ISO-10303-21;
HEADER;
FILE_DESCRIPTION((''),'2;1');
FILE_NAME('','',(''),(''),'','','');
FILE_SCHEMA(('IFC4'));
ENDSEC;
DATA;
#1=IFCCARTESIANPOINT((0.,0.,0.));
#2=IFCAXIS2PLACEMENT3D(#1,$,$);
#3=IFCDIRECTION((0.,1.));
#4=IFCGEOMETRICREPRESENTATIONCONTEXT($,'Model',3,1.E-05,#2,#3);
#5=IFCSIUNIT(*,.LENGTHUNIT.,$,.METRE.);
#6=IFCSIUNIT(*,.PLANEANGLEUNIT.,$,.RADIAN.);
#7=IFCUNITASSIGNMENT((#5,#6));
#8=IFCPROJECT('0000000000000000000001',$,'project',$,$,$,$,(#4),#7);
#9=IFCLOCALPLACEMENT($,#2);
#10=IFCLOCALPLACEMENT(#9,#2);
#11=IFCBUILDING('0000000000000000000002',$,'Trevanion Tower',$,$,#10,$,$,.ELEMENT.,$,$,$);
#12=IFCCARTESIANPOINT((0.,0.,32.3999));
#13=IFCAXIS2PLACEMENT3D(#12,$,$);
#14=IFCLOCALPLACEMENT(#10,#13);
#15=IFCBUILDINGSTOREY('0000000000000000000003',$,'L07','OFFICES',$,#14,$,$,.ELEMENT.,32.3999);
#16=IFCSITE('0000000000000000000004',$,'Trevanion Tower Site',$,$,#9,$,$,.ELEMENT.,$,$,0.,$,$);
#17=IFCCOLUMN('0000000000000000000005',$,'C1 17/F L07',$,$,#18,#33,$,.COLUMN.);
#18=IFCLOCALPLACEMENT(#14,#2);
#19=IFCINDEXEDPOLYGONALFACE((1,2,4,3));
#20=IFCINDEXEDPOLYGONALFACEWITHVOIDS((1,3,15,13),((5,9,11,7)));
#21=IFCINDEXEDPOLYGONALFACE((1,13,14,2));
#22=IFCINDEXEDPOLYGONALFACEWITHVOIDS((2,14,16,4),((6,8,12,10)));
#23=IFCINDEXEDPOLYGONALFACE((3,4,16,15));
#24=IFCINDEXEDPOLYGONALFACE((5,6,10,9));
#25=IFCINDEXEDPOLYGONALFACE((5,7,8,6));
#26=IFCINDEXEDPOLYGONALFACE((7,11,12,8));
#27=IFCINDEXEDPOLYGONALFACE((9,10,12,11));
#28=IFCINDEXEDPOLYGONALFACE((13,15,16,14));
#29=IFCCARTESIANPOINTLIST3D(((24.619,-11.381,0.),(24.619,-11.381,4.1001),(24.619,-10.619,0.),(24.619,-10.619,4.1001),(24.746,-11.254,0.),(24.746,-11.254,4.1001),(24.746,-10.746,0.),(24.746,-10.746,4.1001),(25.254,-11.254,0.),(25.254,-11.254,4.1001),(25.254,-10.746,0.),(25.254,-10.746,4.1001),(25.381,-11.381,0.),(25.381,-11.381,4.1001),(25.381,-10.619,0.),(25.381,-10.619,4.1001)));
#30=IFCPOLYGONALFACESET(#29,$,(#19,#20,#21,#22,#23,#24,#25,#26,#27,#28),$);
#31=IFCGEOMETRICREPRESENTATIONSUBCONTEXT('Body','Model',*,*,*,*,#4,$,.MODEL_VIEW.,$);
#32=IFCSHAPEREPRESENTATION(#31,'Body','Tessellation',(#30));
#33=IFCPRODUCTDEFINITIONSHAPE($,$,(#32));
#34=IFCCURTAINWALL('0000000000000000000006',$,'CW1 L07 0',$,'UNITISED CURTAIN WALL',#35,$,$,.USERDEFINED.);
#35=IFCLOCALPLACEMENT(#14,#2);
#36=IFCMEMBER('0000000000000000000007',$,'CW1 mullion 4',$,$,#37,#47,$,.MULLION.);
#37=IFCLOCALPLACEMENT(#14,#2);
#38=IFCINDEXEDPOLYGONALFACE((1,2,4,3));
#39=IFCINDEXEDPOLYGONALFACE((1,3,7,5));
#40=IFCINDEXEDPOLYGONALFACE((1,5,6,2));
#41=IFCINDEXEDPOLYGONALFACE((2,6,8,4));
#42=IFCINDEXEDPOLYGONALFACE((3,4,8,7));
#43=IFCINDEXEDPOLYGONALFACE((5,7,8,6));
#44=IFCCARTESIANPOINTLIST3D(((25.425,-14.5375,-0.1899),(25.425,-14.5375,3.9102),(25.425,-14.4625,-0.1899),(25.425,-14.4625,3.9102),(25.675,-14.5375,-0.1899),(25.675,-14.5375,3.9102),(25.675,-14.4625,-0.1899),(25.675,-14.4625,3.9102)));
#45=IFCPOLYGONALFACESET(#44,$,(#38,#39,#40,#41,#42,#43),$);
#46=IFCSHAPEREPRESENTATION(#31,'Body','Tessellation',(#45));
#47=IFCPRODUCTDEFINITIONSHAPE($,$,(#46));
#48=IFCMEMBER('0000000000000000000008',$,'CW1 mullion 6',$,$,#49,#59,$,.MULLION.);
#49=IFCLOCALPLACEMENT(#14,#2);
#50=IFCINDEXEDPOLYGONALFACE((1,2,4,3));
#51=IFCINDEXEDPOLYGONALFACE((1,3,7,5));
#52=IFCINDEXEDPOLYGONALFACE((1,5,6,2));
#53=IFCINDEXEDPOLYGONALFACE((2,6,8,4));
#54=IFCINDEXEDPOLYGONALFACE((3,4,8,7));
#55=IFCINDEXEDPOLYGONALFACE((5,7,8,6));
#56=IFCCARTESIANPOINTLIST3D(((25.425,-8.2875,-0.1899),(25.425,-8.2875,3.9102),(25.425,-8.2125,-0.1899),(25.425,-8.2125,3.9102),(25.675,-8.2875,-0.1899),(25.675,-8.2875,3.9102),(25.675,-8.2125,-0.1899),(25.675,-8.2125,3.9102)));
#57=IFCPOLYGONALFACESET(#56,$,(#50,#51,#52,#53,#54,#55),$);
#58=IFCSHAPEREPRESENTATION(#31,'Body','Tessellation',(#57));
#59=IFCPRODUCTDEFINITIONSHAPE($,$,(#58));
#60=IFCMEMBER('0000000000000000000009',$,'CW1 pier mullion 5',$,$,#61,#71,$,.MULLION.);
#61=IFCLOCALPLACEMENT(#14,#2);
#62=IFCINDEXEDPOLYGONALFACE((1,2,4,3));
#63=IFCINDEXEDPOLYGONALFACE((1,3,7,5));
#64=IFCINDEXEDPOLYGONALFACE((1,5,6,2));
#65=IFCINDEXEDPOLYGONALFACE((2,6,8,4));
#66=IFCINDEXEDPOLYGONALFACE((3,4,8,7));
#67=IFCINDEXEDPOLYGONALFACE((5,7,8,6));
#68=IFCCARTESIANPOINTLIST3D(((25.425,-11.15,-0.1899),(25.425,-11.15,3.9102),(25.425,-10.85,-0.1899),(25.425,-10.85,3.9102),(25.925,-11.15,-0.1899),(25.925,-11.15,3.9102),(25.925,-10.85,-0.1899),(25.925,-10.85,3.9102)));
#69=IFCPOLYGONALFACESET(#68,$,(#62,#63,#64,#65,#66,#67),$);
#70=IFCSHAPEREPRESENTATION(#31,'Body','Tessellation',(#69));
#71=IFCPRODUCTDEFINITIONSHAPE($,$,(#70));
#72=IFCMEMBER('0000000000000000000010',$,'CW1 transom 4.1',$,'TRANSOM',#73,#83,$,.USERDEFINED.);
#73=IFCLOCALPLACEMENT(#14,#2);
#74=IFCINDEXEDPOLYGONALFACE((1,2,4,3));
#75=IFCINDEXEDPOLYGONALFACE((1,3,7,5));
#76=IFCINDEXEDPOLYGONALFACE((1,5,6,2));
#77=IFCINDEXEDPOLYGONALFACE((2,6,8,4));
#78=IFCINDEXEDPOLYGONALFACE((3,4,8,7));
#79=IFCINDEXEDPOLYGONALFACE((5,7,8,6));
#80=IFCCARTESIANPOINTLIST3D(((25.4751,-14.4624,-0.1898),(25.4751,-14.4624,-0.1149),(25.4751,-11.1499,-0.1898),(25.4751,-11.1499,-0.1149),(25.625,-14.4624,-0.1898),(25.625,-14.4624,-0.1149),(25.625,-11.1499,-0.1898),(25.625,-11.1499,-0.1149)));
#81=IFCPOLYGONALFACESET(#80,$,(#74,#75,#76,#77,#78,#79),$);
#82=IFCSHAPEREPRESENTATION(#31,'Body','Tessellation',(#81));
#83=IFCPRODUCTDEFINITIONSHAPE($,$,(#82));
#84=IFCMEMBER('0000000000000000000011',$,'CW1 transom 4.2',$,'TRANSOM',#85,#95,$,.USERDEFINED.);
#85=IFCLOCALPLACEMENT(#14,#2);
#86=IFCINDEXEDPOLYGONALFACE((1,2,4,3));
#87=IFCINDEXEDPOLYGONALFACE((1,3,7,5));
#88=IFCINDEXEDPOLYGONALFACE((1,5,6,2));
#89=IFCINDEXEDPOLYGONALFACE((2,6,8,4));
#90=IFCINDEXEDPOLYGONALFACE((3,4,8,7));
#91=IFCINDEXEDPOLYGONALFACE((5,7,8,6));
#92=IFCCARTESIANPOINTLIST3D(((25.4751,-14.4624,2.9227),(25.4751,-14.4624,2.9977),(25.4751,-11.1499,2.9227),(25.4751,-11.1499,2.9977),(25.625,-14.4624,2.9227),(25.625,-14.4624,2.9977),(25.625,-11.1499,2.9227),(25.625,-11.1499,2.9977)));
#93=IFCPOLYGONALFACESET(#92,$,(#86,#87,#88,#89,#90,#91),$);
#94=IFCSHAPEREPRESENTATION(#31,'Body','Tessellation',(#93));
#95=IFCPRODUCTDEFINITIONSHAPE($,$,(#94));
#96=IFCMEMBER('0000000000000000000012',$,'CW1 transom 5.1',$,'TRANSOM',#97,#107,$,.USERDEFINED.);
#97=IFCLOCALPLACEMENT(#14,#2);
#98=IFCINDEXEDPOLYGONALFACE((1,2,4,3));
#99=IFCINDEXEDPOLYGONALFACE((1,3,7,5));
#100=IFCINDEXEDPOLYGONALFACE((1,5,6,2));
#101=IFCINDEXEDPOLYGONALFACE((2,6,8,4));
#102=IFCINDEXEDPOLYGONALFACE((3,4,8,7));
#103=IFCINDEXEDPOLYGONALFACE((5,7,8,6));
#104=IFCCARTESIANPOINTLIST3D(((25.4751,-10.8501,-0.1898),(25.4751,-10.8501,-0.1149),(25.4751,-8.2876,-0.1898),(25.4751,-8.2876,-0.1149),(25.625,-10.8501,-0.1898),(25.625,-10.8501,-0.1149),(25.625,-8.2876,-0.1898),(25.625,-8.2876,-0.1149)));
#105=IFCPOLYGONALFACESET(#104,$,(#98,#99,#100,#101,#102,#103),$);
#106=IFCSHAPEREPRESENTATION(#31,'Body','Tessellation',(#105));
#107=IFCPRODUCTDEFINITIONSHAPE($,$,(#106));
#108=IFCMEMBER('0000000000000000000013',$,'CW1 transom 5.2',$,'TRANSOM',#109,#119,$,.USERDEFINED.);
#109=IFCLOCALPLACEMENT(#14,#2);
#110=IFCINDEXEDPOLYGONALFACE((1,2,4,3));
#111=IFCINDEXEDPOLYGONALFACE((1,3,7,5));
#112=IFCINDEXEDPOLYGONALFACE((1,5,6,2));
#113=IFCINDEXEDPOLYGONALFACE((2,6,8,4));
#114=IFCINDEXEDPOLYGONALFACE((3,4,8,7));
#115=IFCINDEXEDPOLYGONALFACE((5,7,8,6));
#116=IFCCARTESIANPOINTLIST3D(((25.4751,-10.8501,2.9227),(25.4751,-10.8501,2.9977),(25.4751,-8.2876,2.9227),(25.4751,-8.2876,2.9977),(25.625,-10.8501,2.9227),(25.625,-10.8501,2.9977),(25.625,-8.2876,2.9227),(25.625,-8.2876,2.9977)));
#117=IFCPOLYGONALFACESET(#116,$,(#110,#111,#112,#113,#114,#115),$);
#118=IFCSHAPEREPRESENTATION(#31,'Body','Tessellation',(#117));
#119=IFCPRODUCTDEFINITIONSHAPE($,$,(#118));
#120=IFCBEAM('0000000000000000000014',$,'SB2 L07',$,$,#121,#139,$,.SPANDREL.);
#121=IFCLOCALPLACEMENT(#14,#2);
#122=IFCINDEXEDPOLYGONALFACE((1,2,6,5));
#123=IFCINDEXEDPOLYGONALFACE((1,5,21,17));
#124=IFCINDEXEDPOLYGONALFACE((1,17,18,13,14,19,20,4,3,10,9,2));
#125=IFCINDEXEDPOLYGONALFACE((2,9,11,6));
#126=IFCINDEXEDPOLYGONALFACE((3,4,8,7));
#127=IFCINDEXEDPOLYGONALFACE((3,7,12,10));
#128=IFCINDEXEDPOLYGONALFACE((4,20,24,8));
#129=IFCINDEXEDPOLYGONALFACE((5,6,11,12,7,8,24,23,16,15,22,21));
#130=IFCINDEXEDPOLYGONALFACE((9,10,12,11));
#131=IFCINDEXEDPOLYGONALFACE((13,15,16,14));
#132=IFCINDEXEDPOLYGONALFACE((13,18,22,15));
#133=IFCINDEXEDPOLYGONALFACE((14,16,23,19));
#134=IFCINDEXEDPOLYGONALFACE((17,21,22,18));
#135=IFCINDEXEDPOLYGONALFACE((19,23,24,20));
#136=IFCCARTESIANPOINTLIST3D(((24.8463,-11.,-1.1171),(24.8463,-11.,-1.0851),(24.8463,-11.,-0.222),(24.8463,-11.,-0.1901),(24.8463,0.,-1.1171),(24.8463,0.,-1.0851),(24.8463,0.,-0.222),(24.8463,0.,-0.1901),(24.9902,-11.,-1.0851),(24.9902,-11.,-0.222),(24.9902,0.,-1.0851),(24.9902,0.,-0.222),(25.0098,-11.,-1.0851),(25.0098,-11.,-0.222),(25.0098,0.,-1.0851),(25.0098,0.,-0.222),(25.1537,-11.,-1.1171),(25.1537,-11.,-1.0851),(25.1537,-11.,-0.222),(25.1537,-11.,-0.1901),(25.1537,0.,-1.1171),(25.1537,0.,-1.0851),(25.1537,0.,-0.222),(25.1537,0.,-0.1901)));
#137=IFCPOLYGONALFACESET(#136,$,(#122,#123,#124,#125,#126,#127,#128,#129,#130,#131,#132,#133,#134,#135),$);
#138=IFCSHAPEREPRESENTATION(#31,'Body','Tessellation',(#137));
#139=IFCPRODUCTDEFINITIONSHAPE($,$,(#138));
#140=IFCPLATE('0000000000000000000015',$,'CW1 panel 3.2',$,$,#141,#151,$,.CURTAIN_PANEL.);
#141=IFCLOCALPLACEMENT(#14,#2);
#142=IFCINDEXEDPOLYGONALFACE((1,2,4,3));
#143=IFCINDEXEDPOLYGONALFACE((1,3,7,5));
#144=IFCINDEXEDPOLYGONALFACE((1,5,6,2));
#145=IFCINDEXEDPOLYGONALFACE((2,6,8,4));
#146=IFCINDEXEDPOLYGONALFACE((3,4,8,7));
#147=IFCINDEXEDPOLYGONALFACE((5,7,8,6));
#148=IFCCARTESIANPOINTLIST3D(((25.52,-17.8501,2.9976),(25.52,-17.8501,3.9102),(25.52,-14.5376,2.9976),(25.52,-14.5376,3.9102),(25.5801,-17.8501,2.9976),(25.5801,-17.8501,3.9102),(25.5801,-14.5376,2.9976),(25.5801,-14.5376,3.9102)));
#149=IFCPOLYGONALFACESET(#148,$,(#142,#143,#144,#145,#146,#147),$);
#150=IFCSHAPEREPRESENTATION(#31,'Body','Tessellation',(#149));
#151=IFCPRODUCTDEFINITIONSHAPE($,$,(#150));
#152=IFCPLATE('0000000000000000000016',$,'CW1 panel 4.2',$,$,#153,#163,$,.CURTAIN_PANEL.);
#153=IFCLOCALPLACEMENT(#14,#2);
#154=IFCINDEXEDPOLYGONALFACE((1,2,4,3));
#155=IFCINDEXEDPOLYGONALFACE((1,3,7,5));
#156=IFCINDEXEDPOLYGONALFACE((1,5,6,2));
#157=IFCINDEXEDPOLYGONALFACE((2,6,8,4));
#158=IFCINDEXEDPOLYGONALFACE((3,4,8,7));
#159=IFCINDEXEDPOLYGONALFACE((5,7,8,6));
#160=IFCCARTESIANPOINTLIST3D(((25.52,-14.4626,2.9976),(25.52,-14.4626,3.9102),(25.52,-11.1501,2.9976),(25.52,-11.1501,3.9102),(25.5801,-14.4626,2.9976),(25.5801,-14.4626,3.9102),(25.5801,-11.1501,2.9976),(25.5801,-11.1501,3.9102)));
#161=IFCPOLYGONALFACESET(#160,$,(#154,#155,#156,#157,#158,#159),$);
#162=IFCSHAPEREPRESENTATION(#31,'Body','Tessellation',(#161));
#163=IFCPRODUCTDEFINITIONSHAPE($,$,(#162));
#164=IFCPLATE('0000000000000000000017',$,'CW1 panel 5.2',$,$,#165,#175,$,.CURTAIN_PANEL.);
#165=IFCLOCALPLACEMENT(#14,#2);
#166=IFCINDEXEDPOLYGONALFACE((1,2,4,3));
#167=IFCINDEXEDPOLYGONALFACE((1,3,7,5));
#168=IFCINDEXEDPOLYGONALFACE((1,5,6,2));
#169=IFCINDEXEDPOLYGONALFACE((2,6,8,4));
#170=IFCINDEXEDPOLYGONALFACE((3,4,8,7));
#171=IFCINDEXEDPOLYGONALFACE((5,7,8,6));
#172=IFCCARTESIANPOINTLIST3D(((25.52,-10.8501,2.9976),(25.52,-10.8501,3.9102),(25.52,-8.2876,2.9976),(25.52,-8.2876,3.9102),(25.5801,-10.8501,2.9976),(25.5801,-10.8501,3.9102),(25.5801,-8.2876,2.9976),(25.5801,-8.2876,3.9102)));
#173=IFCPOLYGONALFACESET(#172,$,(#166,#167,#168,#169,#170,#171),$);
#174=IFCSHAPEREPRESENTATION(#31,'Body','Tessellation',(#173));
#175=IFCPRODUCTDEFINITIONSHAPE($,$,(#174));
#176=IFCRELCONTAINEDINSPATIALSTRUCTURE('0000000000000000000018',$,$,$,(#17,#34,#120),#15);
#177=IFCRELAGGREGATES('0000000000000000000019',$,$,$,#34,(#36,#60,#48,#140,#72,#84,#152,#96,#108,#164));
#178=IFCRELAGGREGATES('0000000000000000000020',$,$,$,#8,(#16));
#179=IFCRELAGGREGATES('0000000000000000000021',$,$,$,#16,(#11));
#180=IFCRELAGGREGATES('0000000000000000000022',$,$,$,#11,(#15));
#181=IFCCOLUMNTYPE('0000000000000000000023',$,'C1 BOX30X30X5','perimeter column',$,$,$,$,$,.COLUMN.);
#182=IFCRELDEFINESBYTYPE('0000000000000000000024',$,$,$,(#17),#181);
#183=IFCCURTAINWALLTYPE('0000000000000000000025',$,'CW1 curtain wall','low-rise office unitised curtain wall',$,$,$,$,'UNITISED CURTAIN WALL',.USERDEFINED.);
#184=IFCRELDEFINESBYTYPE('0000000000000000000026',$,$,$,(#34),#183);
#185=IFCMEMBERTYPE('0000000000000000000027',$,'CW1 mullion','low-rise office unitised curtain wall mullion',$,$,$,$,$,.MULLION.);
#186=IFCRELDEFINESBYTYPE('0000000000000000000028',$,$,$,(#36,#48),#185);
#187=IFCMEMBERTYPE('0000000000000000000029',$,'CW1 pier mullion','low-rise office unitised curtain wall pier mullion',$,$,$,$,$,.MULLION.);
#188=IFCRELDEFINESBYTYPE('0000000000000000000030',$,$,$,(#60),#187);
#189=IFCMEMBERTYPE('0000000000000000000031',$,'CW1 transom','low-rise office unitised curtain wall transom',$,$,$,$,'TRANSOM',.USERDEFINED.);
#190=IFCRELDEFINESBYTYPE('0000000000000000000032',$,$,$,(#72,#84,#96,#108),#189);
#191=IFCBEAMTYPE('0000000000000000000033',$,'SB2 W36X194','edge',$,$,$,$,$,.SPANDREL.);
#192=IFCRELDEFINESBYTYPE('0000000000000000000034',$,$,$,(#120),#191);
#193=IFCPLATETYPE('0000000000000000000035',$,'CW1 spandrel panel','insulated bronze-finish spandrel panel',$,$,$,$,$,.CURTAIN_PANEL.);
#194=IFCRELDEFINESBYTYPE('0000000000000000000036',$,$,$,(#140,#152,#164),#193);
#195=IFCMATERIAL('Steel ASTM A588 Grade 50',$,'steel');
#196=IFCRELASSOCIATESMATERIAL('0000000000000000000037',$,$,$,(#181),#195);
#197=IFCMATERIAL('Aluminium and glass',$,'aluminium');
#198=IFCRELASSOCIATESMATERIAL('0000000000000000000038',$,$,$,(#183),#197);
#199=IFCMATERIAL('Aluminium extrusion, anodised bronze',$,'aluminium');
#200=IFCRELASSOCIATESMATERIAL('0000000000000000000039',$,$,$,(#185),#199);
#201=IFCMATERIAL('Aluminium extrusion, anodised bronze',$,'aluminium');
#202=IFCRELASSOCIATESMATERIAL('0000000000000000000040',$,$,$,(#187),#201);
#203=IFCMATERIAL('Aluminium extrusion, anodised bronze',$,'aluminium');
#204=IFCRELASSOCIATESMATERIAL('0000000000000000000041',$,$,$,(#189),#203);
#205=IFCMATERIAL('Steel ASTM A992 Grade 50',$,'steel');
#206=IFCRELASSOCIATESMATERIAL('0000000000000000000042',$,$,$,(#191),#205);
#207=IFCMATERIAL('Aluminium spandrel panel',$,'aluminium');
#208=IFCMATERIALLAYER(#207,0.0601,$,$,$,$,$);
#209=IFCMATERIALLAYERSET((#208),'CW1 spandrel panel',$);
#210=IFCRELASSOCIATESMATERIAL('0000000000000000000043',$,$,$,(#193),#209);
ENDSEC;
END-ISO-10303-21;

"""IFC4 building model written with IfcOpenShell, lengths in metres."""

from ifc_helpers import new_model, si_unit, direction, frame, origin, origin_2d, place, context, subcontext, project, spatial, rectangle, hollow_rectangle, i_section, extrude, material, layer, layer_set, material_profile, profile_set, type_object, element, aggregate, save


model = new_model("IFC4")

# Units and contexts
model_context = context("Model", 3, precision=1e-05, world=origin(), true_north=direction((0.0, 1.0)))
body_context = subcontext(model_context, "Body", "Model", "MODEL_VIEW")
ifc_project = project(units=[si_unit("LENGTHUNIT", "METRE"), si_unit("PLANEANGLEUNIT", "RADIAN")], contexts=[model_context])

# Site, building, storey
site_placement = place(None, origin())
site = spatial("IfcSite", under=ifc_project, at=site_placement, Name="Trevanion Tower Site", CompositionType="ELEMENT", RefElevation=0.0)
building_placement = place(site_placement, origin())
building = spatial("IfcBuilding", under=site, at=building_placement, Name="Trevanion Tower", CompositionType="ELEMENT")
storey_placement = place(building_placement, frame((0.0, 0.0, 32.3999)))
storey = spatial("IfcBuildingStorey", under=building, at=storey_placement, Name="L07", Description="OFFICES", CompositionType="ELEMENT", Elevation=32.3999)

# Column
ifc_material_1 = material(Name="Steel ASTM A588 Grade 50", Category="steel")
ifc_material_profile_1 = material_profile(ifc_material_1, hollow_rectangle(XDim=0.762, YDim=0.762, WallThickness=0.127, at=origin_2d()), Name="BOX30X30X5")
ifc_profile_set_1 = profile_set([ifc_material_profile_1], Name="Steel ASTM A588 Grade 50")
column_type = type_object("IfcColumnType", Name="C1 BOX30X30X5", Description="perimeter column", PredefinedType="COLUMN", material=ifc_profile_set_1)
column_placement = place(storey_placement, frame((25.0, -11.0, 0.0), z_axis=(0.0, 0.0, 1.0), x_axis=(0.0, 1.0, 0.0)))
element("IfcColumn", 1, at=column_placement, inside=storey, type_object=column_type, Name="C1 17/F L07", PredefinedType="COLUMN", context=body_context, shape_type="SweptSolid", body=[
    extrude(hollow_rectangle(XDim=0.762, YDim=0.762, WallThickness=0.127, at=origin_2d()), origin(), (0.0, 0.0, 1.0), 4.1001),
])

# Curtain wall, members
ifc_material_2 = material(Name="Aluminium and glass", Category="aluminium")
curtain_wall_type = type_object("IfcCurtainWallType", Name="CW1 curtain wall", Description="low-rise office unitised curtain wall", ElementType="UNITISED CURTAIN WALL", PredefinedType="USERDEFINED", material=ifc_material_2)
curtain_wall_placement = place(storey_placement, origin())
curtain_wall = element("IfcCurtainWall", 2, at=curtain_wall_placement, inside=storey, type_object=curtain_wall_type, Name="CW1 L07 0", ObjectType="UNITISED CURTAIN WALL", PredefinedType="USERDEFINED")
ifc_material_3 = material(Name="Aluminium extrusion, anodised bronze", Category="aluminium")
ifc_material_profile_2 = material_profile(ifc_material_3, rectangle(XDim=0.075, YDim=0.25, at=origin_2d()), Name="CW1 mullion")
ifc_profile_set_2 = profile_set([ifc_material_profile_2], Name="Aluminium extrusion, anodised bronze")
member_type_1 = type_object("IfcMemberType", Name="CW1 mullion", Description="low-rise office unitised curtain wall mullion", PredefinedType="MULLION", material=ifc_profile_set_2)
member_1_placement = place(storey_placement, frame((25.55, -14.5, -0.1899), z_axis=(0.0, 0.0, 1.0), x_axis=(0.0, 1.0, 0.0)))
member_1 = element("IfcMember", 3, at=member_1_placement, type_object=member_type_1, Name="CW1 mullion 4", PredefinedType="MULLION", context=body_context, shape_type="SweptSolid", body=[
    extrude(rectangle(XDim=0.075, YDim=0.25, at=origin_2d()), origin(), (0.0, 0.0, 1.0), 4.1001),
])
member_2_placement = place(storey_placement, frame((25.55, -8.25, -0.1899), z_axis=(0.0, 0.0, 1.0), x_axis=(0.0, 1.0, 0.0)))
member_2 = element("IfcMember", 4, at=member_2_placement, type_object=member_type_1, Name="CW1 mullion 6", PredefinedType="MULLION", context=body_context, shape_type="SweptSolid", body=[
    extrude(rectangle(XDim=0.075, YDim=0.25, at=origin_2d()), origin(), (0.0, 0.0, 1.0), 4.1001),
])
ifc_material_4 = material(Name="Aluminium extrusion, anodised bronze", Category="aluminium")
ifc_material_profile_3 = material_profile(ifc_material_4, rectangle(XDim=0.3, YDim=0.5, at=origin_2d()), Name="CW1 pier mullion")
ifc_profile_set_3 = profile_set([ifc_material_profile_3], Name="Aluminium extrusion, anodised bronze")
member_type_2 = type_object("IfcMemberType", Name="CW1 pier mullion", Description="low-rise office unitised curtain wall pier mullion", PredefinedType="MULLION", material=ifc_profile_set_3)
member_3_placement = place(storey_placement, frame((25.675, -11.0, -0.1899), z_axis=(0.0, 0.0, 1.0), x_axis=(0.0, 1.0, 0.0)))
member_3 = element("IfcMember", 5, at=member_3_placement, type_object=member_type_2, Name="CW1 pier mullion 5", PredefinedType="MULLION", context=body_context, shape_type="SweptSolid", body=[
    extrude(rectangle(XDim=0.3, YDim=0.5, at=origin_2d()), origin(), (0.0, 0.0, 1.0), 4.1001),
])
ifc_material_5 = material(Name="Aluminium extrusion, anodised bronze", Category="aluminium")
ifc_material_profile_4 = material_profile(ifc_material_5, rectangle(XDim=0.1499, YDim=0.075, at=origin_2d()), Name="CW1 transom")
ifc_profile_set_4 = profile_set([ifc_material_profile_4], Name="Aluminium extrusion, anodised bronze")
member_type_3 = type_object("IfcMemberType", Name="CW1 transom", Description="low-rise office unitised curtain wall transom", ElementType="TRANSOM", PredefinedType="USERDEFINED", material=ifc_profile_set_4)
member_4_placement = place(storey_placement, frame((25.55, -14.4624, -0.1523), z_axis=(0.0, 1.0, 0.0), x_axis=(-1.0, 0.0, 0.0)))
member_4 = element("IfcMember", 6, at=member_4_placement, type_object=member_type_3, Name="CW1 transom 4.1", ObjectType="TRANSOM", PredefinedType="USERDEFINED", context=body_context, shape_type="SweptSolid", body=[
    extrude(rectangle(XDim=0.1499, YDim=0.075, at=origin_2d()), origin(), (0.0, 0.0, 1.0), 3.3125),
])
member_5_placement = place(storey_placement, frame((25.55, -14.4624, 2.9602), z_axis=(0.0, 1.0, 0.0), x_axis=(-1.0, 0.0, 0.0)))
member_5 = element("IfcMember", 7, at=member_5_placement, type_object=member_type_3, Name="CW1 transom 4.2", ObjectType="TRANSOM", PredefinedType="USERDEFINED", context=body_context, shape_type="SweptSolid", body=[
    extrude(rectangle(XDim=0.1499, YDim=0.075, at=origin_2d()), origin(), (0.0, 0.0, 1.0), 3.3125),
])
member_6_placement = place(storey_placement, frame((25.55, -10.8501, -0.1523), z_axis=(0.0, 1.0, 0.0), x_axis=(-1.0, 0.0, 0.0)))
member_6 = element("IfcMember", 8, at=member_6_placement, type_object=member_type_3, Name="CW1 transom 5.1", ObjectType="TRANSOM", PredefinedType="USERDEFINED", context=body_context, shape_type="SweptSolid", body=[
    extrude(rectangle(XDim=0.1499, YDim=0.075, at=origin_2d()), origin(), (0.0, 0.0, 1.0), 2.5625),
])
member_7_placement = place(storey_placement, frame((25.55, -10.8501, 2.9602), z_axis=(0.0, 1.0, 0.0), x_axis=(-1.0, 0.0, 0.0)))
member_7 = element("IfcMember", 9, at=member_7_placement, type_object=member_type_3, Name="CW1 transom 5.2", ObjectType="TRANSOM", PredefinedType="USERDEFINED", context=body_context, shape_type="SweptSolid", body=[
    extrude(rectangle(XDim=0.1499, YDim=0.075, at=origin_2d()), origin(), (0.0, 0.0, 1.0), 2.5625),
])

# Beam
ifc_material_6 = material(Name="Steel ASTM A992 Grade 50", Category="steel")
ifc_material_profile_5 = material_profile(ifc_material_6, i_section(OverallWidth=0.3074, OverallDepth=0.927, WebThickness=0.0195, FlangeThickness=0.032, at=origin_2d()), Name="W36X194")
ifc_profile_set_5 = profile_set([ifc_material_profile_5], Name="Steel ASTM A992 Grade 50")
beam_type = type_object("IfcBeamType", Name="SB2 W36X194", Description="edge", PredefinedType="SPANDREL", material=ifc_profile_set_5)
beam_placement = place(storey_placement, frame((25.0, -11.0, -0.6536), z_axis=(0.0, 1.0, 0.0), x_axis=(-1.0, 0.0, 0.0)))
element("IfcBeam", 10, at=beam_placement, inside=storey, type_object=beam_type, Name="SB2 L07", PredefinedType="SPANDREL", context=body_context, shape_type="SweptSolid", body=[
    extrude(i_section(OverallWidth=0.3074, OverallDepth=0.927, WebThickness=0.0195, FlangeThickness=0.032, at=origin_2d()), origin(), (0.0, 0.0, 1.0), 11.0),
])

# Plates
ifc_material_7 = material(Name="Aluminium spandrel panel", Category="aluminium")
ifc_layer_1 = layer(ifc_material_7, 0.0601)
ifc_layer_set_1 = layer_set([ifc_layer_1], Name="CW1 spandrel panel")
plate_type_1 = type_object("IfcPlateType", Name="CW1 spandrel panel", Description="insulated bronze-finish spandrel panel", PredefinedType="CURTAIN_PANEL", material=ifc_layer_set_1)
plate_1_placement = place(storey_placement, frame((25.55, -16.1938, 2.9976), z_axis=(0.0, 0.0, 1.0), x_axis=(0.0, 1.0, 0.0)))
plate_1 = element("IfcPlate", 11, at=plate_1_placement, type_object=plate_type_1, Name="CW1 panel 3.2", PredefinedType="CURTAIN_PANEL", context=body_context, shape_type="SweptSolid", body=[
    extrude(rectangle(XDim=3.3125, YDim=0.0601, at=origin_2d()), origin(), (0.0, 0.0, 1.0), 0.9126),
])
plate_2_placement = place(storey_placement, frame((25.55, -12.8064, 2.9976), z_axis=(0.0, 0.0, 1.0), x_axis=(0.0, 1.0, 0.0)))
plate_2 = element("IfcPlate", 12, at=plate_2_placement, type_object=plate_type_1, Name="CW1 panel 4.2", PredefinedType="CURTAIN_PANEL", context=body_context, shape_type="SweptSolid", body=[
    extrude(rectangle(XDim=3.3125, YDim=0.0601, at=origin_2d()), origin(), (0.0, 0.0, 1.0), 0.9126),
])
plate_3_placement = place(storey_placement, frame((25.55, -9.5688, 2.9976), z_axis=(0.0, 0.0, 1.0), x_axis=(0.0, 1.0, 0.0)))
plate_3 = element("IfcPlate", 13, at=plate_3_placement, type_object=plate_type_1, Name="CW1 panel 5.2", PredefinedType="CURTAIN_PANEL", context=body_context, shape_type="SweptSolid", body=[
    extrude(rectangle(XDim=2.5625, YDim=0.0601, at=origin_2d()), origin(), (0.0, 0.0, 1.0), 0.9126),
])
aggregate(curtain_wall, [member_1, member_3, member_2, plate_1, member_4, member_5, plate_2, member_6, member_7, plate_3])

save(model, "model.ifc")
